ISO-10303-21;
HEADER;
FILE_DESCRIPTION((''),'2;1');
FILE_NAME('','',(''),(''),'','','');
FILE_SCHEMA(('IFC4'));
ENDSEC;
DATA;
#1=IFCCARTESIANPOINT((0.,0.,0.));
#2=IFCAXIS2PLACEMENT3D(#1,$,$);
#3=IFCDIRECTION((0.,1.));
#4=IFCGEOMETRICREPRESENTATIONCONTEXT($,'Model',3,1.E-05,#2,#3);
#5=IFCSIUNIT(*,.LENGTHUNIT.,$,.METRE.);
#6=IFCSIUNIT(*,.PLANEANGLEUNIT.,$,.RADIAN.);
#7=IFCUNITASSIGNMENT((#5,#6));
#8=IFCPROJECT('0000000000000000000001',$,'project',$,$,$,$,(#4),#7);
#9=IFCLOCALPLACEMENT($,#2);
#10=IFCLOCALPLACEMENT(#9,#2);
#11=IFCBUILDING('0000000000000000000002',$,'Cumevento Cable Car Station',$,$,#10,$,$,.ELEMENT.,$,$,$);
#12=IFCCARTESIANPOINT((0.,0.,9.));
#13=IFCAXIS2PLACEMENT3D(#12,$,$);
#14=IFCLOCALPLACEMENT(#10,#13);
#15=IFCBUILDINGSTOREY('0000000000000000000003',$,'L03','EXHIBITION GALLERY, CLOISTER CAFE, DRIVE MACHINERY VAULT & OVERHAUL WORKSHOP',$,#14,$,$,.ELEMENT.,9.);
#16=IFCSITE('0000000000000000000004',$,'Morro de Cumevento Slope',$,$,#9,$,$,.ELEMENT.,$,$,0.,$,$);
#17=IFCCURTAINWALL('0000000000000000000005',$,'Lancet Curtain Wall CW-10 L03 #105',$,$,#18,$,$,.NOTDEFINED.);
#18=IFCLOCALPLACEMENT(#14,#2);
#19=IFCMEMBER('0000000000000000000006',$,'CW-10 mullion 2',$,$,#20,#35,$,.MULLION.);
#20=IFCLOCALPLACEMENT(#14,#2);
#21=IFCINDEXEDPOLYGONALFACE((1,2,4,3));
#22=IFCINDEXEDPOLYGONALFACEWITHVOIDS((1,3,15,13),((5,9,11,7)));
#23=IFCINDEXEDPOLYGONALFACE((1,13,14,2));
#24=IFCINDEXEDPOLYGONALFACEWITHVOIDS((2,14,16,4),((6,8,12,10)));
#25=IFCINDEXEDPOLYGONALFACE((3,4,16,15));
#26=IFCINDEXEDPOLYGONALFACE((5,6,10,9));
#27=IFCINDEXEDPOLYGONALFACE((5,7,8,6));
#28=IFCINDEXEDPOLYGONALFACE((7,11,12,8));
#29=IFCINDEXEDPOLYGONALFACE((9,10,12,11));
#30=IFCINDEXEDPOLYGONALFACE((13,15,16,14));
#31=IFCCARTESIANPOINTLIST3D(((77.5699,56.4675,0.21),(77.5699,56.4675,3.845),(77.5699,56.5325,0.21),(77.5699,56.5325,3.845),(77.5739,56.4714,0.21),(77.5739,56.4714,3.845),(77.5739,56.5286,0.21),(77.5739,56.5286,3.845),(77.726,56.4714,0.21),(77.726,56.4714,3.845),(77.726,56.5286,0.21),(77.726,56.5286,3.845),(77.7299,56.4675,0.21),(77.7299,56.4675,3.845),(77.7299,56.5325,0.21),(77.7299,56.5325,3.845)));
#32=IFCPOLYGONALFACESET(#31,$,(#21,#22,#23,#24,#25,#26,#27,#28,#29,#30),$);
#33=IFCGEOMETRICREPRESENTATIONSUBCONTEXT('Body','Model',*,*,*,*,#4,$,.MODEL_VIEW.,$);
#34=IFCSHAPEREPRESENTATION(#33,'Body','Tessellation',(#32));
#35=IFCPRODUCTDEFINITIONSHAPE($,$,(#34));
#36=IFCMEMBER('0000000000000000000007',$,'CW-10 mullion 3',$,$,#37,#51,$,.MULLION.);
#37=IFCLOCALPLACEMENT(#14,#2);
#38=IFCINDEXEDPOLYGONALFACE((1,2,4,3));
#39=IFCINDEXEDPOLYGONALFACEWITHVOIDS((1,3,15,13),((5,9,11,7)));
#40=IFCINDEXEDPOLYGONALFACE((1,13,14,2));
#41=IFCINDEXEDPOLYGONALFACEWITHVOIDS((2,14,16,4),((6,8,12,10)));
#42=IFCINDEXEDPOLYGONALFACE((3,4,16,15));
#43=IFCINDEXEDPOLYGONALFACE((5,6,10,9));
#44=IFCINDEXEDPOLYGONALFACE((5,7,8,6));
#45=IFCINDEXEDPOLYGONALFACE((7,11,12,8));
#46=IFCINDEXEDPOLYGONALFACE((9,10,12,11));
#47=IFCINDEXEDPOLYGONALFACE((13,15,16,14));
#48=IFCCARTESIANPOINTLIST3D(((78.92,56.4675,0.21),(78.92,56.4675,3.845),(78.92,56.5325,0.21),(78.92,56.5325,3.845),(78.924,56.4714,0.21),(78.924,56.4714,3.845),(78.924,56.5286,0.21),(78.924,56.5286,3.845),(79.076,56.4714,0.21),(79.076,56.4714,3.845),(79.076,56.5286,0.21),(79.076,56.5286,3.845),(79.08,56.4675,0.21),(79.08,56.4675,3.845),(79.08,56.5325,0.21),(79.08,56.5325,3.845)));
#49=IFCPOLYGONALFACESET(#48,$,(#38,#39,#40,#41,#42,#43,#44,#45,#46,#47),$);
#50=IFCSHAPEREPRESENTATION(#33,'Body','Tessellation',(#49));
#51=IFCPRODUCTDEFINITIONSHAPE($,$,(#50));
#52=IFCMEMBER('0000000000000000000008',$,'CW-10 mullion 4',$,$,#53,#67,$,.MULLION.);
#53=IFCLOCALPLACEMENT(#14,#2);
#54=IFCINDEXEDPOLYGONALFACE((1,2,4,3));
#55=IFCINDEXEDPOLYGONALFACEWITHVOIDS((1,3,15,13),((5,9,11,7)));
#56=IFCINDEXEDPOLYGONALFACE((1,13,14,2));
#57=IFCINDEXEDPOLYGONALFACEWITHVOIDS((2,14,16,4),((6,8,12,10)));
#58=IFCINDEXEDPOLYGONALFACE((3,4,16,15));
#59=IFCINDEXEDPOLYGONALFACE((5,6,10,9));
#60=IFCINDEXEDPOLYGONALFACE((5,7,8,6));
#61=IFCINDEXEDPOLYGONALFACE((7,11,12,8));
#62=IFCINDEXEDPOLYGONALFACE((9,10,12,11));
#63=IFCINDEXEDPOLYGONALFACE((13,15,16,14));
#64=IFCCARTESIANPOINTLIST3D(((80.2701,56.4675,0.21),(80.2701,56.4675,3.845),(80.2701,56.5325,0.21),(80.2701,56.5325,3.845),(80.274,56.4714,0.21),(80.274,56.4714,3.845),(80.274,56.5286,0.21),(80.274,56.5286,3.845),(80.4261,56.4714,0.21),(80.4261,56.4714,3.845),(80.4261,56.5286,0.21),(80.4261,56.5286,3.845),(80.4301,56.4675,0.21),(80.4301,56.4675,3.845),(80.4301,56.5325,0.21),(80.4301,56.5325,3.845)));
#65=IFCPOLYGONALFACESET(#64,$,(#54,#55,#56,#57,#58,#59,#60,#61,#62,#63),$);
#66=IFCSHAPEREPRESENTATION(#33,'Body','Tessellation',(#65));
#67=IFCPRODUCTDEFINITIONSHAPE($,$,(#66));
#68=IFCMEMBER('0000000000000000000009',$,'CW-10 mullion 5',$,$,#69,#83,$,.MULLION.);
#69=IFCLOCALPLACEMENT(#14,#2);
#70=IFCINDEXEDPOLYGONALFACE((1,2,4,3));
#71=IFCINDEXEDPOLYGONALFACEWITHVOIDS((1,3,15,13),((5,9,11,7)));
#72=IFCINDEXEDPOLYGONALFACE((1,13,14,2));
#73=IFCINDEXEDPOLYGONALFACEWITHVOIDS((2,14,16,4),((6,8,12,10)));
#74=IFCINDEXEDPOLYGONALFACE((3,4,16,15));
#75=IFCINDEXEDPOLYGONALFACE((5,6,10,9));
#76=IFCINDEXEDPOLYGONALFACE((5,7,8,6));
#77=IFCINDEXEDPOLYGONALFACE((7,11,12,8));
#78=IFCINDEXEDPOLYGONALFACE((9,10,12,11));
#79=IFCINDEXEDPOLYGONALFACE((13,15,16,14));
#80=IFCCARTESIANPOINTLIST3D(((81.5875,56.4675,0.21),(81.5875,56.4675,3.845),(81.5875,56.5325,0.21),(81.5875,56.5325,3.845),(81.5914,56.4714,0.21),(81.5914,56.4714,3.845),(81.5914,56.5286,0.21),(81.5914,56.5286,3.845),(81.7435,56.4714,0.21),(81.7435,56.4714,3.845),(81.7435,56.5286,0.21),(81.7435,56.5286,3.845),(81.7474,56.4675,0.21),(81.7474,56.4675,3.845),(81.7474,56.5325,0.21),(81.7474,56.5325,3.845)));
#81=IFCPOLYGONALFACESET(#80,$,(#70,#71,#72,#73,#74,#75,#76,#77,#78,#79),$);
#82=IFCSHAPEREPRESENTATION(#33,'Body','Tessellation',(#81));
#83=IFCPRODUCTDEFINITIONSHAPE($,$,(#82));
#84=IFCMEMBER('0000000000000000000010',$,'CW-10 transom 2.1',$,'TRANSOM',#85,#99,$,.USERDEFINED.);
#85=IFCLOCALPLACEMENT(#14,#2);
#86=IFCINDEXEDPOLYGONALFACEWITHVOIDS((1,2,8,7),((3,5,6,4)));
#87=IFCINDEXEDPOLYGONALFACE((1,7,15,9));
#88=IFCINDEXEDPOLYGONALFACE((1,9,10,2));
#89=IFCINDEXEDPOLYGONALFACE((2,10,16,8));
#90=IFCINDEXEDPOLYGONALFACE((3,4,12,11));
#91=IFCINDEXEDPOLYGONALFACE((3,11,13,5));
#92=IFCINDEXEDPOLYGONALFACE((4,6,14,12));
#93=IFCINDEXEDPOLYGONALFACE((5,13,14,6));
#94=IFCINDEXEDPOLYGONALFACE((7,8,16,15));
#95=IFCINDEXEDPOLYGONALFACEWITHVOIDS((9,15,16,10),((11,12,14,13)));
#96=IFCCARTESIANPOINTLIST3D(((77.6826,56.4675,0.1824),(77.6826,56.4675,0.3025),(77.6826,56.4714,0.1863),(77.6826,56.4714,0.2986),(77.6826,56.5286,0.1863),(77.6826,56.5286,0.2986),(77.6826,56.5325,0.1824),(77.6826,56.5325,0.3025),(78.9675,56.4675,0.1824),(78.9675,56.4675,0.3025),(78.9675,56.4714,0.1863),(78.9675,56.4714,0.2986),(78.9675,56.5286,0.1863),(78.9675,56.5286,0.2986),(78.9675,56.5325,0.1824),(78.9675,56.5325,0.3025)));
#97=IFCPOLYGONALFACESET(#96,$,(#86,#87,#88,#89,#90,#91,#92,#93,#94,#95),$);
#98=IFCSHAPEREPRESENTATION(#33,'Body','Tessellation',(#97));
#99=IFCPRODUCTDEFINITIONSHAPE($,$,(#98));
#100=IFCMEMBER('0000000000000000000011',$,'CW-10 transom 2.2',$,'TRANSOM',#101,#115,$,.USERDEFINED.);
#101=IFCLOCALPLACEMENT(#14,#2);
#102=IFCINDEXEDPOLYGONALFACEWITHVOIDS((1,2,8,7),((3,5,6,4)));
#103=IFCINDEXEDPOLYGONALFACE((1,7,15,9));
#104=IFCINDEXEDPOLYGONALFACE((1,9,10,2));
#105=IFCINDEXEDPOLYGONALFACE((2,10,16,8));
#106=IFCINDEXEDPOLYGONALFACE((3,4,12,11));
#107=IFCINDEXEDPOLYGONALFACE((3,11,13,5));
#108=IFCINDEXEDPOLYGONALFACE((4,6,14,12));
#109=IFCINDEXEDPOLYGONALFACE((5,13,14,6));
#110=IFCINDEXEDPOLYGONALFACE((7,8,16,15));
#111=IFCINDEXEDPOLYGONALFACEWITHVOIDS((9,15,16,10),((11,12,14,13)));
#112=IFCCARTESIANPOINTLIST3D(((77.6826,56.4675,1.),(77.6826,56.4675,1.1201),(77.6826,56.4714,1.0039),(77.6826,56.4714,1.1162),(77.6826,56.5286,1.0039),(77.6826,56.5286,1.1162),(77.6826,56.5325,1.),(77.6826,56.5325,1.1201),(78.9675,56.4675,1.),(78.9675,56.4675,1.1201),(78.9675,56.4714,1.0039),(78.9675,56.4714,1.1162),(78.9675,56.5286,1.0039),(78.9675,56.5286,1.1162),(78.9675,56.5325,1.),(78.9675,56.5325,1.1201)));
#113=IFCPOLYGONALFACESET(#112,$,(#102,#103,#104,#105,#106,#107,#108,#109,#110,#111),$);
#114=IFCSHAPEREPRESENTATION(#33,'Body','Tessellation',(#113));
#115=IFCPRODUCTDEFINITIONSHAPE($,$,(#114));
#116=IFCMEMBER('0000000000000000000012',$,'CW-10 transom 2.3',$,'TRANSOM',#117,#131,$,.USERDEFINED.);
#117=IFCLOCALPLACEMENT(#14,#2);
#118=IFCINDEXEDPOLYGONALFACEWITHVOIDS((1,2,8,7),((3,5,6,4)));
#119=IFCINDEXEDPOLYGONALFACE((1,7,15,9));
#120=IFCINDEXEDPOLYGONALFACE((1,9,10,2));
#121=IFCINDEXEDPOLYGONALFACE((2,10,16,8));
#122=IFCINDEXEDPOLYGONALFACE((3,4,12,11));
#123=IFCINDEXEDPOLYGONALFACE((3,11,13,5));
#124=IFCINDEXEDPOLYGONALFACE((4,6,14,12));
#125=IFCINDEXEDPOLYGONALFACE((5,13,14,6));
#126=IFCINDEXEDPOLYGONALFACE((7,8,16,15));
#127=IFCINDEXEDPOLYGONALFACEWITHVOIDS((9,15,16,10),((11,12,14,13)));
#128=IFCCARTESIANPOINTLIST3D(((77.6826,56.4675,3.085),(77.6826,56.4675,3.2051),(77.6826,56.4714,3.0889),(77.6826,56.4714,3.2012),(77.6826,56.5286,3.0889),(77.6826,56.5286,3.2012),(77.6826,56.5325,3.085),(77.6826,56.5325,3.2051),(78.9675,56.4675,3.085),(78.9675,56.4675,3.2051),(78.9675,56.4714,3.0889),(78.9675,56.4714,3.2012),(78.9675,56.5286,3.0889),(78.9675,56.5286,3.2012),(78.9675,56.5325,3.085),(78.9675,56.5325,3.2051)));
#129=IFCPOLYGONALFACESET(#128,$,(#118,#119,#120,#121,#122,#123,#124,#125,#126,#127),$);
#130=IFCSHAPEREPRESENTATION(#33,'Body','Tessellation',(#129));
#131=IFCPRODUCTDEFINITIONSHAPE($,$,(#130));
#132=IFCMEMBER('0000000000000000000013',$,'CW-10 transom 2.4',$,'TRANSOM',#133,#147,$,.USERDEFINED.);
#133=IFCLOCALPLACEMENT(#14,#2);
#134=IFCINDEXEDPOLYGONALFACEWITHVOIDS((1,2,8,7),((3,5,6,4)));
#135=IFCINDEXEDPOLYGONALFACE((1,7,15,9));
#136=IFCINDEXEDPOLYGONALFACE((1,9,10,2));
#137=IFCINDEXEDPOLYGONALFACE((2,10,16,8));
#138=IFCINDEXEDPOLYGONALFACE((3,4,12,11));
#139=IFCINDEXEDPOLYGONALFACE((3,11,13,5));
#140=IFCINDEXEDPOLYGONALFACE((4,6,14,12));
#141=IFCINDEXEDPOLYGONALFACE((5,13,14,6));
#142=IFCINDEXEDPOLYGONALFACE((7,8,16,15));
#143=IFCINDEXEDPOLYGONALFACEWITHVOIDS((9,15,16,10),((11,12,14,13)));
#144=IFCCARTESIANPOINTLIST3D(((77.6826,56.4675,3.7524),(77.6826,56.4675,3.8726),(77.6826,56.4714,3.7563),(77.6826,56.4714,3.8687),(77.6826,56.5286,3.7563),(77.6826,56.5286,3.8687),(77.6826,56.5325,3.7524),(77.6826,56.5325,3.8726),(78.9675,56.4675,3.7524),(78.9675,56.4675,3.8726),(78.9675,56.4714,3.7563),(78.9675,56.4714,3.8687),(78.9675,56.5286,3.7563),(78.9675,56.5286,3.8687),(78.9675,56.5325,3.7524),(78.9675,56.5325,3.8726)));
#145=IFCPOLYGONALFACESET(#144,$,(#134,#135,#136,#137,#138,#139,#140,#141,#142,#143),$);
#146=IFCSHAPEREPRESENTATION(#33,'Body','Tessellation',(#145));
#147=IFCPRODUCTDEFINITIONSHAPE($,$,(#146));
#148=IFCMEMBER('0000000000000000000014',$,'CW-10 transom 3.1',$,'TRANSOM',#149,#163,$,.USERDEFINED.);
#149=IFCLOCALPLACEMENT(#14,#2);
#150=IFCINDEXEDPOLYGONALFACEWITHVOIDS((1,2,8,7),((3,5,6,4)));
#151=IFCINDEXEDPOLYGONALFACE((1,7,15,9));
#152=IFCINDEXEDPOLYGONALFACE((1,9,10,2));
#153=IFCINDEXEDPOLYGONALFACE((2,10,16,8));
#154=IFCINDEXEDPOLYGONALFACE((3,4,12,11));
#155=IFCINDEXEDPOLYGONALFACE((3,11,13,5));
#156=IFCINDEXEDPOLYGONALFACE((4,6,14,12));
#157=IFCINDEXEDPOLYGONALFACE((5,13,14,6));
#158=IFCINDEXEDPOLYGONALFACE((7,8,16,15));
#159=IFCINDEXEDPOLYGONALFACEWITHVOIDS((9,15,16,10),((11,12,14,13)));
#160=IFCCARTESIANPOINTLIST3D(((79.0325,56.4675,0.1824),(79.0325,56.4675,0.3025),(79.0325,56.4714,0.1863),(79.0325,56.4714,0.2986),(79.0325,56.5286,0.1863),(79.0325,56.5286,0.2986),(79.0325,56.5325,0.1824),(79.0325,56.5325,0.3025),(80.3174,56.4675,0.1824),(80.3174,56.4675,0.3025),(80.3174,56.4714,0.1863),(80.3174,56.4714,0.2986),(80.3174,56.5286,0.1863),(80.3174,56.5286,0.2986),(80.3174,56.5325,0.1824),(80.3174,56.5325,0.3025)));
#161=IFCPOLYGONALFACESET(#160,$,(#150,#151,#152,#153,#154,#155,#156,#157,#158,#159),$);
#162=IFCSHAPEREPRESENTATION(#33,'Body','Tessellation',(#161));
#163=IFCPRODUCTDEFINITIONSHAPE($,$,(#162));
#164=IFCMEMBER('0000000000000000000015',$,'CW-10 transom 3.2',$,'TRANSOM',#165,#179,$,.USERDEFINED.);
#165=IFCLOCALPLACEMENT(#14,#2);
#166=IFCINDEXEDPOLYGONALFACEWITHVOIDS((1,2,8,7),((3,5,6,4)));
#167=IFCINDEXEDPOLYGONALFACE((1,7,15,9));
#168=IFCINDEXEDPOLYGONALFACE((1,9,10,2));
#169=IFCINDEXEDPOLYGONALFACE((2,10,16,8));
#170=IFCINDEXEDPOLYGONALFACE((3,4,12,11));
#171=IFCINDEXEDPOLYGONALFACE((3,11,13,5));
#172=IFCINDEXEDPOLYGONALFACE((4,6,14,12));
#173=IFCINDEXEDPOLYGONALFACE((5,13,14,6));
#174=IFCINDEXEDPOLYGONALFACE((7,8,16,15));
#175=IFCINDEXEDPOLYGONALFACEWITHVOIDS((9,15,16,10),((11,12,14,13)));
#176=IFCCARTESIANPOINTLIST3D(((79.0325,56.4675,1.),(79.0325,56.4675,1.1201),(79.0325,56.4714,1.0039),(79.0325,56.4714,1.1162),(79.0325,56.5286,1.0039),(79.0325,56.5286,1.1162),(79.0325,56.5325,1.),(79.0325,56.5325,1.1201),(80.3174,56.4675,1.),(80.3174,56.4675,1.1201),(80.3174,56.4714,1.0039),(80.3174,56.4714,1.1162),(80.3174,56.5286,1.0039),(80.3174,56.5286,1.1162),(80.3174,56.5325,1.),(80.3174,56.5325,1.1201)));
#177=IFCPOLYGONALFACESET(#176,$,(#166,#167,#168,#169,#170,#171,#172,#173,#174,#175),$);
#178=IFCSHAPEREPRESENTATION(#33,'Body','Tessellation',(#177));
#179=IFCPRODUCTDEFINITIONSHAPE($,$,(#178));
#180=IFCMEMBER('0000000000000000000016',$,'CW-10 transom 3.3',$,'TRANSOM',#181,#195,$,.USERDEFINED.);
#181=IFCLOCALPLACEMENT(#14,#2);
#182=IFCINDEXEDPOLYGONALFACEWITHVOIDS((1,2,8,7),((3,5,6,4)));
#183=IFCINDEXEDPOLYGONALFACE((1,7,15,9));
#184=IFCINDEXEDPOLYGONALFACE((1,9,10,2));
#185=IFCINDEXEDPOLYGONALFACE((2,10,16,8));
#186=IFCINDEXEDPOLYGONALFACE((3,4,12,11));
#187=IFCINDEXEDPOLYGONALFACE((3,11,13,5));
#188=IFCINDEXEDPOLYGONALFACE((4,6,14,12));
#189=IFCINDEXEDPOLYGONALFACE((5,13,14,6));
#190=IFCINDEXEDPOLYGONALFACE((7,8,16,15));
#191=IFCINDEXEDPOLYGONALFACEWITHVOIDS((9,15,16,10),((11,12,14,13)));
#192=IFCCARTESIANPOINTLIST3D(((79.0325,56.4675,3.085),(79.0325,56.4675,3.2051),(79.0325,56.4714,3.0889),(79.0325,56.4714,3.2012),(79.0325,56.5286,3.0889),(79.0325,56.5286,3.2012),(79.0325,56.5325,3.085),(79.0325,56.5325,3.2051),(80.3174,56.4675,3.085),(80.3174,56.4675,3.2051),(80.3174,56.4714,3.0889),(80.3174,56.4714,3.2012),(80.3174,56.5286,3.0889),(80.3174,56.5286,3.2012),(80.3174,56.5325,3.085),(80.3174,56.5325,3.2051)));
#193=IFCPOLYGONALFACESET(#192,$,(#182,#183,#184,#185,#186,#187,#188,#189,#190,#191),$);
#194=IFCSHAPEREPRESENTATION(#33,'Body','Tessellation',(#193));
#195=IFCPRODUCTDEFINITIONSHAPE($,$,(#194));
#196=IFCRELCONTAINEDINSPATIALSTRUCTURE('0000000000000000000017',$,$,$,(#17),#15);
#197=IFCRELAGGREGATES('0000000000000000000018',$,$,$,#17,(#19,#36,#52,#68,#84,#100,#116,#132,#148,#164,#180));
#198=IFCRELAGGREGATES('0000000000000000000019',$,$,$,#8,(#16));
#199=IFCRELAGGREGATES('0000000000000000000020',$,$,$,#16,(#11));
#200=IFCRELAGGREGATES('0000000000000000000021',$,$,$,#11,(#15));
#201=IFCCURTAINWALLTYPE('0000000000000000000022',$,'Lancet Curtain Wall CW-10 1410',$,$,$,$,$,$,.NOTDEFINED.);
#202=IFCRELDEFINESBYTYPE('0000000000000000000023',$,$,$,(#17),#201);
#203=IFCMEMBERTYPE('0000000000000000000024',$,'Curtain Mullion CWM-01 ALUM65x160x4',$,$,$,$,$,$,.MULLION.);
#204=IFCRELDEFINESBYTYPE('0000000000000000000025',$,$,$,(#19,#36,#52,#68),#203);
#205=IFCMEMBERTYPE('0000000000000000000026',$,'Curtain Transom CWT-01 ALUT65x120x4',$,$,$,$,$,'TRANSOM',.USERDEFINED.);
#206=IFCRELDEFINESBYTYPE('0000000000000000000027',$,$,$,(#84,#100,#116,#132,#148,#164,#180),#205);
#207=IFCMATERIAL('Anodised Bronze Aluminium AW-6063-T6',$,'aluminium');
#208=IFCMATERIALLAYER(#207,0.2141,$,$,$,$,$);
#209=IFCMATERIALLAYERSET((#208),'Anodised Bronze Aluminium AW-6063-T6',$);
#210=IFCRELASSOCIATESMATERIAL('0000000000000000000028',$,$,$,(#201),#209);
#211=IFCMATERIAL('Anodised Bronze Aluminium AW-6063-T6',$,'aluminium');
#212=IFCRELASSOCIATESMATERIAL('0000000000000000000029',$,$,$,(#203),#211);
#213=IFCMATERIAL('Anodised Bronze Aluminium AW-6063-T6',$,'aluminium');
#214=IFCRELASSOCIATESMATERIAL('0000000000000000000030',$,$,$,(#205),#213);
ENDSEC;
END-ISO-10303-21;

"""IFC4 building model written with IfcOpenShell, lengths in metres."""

from ifc_helpers import new_model, si_unit, direction, frame, origin, origin_2d, place, context, subcontext, project, spatial, hollow_rectangle, extrude, material, layer, layer_set, material_profile, profile_set, type_object, element, aggregate, save


model = new_model("IFC4")

# Units and contexts
model_context = context("Model", 3, precision=1e-05, world=origin(), true_north=direction((0.0, 1.0)))
body_context = subcontext(model_context, "Body", "Model", "MODEL_VIEW")
ifc_project = project(units=[si_unit("LENGTHUNIT", "METRE"), si_unit("PLANEANGLEUNIT", "RADIAN")], contexts=[model_context])

# Site, building, storey
site_placement = place(None, origin())
site = spatial("IfcSite", under=ifc_project, at=site_placement, Name="Morro de Cumevento Slope", CompositionType="ELEMENT", RefElevation=0.0)
building_placement = place(site_placement, origin())
building = spatial("IfcBuilding", under=site, at=building_placement, Name="Cumevento Cable Car Station", CompositionType="ELEMENT")
storey_placement = place(building_placement, frame((0.0, 0.0, 9.0)))
storey = spatial("IfcBuildingStorey", under=building, at=storey_placement, Name="L03", Description="EXHIBITION GALLERY, CLOISTER CAFE, DRIVE MACHINERY VAULT & OVERHAUL WORKSHOP", CompositionType="ELEMENT", Elevation=9.0)

# Curtain wall, members
ifc_material_1 = material(Name="Anodised Bronze Aluminium AW-6063-T6", Category="aluminium")
ifc_layer_1 = layer(ifc_material_1, 0.2141)
ifc_layer_set_1 = layer_set([ifc_layer_1], Name="Anodised Bronze Aluminium AW-6063-T6")
curtain_wall_type = type_object("IfcCurtainWallType", Name="Lancet Curtain Wall CW-10 1410", PredefinedType="NOTDEFINED", material=ifc_layer_set_1)
curtain_wall_placement = place(storey_placement, origin())
curtain_wall = element("IfcCurtainWall", 1, at=curtain_wall_placement, inside=storey, type_object=curtain_wall_type, Name="Lancet Curtain Wall CW-10 L03 #105", PredefinedType="NOTDEFINED")
ifc_material_2 = material(Name="Anodised Bronze Aluminium AW-6063-T6", Category="aluminium")
ifc_material_profile_1 = material_profile(ifc_material_2, hollow_rectangle(XDim=0.0649, YDim=0.1599, WallThickness=0.0039, at=origin_2d()), Name="ALUM65x160x4")
ifc_profile_set_1 = profile_set([ifc_material_profile_1], Name="Anodised Bronze Aluminium AW-6063-T6")
member_type_1 = type_object("IfcMemberType", Name="Curtain Mullion CWM-01 ALUM65x160x4", PredefinedType="MULLION", material=ifc_profile_set_1)
member_1_placement = place(storey_placement, frame((77.6499, 56.5, 0.21), z_axis=(0.0, 0.0, 1.0), x_axis=(0.0, 1.0, 0.0)))
member_1 = element("IfcMember", 2, at=member_1_placement, type_object=member_type_1, Name="CW-10 mullion 2", PredefinedType="MULLION", context=body_context, shape_type="SweptSolid", body=[
    extrude(hollow_rectangle(XDim=0.0649, YDim=0.1599, WallThickness=0.0039, at=origin_2d()), origin(), (0.0, 0.0, 1.0), 3.635),
])
member_2_placement = place(storey_placement, frame((79.0, 56.5, 0.21), z_axis=(0.0, 0.0, 1.0), x_axis=(0.0, 1.0, 0.0)))
member_2 = element("IfcMember", 3, at=member_2_placement, type_object=member_type_1, Name="CW-10 mullion 3", PredefinedType="MULLION", context=body_context, shape_type="SweptSolid", body=[
    extrude(hollow_rectangle(XDim=0.0649, YDim=0.1599, WallThickness=0.0039, at=origin_2d()), origin(), (0.0, 0.0, 1.0), 3.635),
])
member_3_placement = place(storey_placement, frame((80.3501, 56.5, 0.21), z_axis=(0.0, 0.0, 1.0), x_axis=(0.0, 1.0, 0.0)))
member_3 = element("IfcMember", 4, at=member_3_placement, type_object=member_type_1, Name="CW-10 mullion 4", PredefinedType="MULLION", context=body_context, shape_type="SweptSolid", body=[
    extrude(hollow_rectangle(XDim=0.0649, YDim=0.1599, WallThickness=0.0039, at=origin_2d()), origin(), (0.0, 0.0, 1.0), 3.635),
])
member_4_placement = place(storey_placement, frame((81.6675, 56.5, 0.21), z_axis=(0.0, 0.0, 1.0), x_axis=(0.0, 1.0, 0.0)))
member_4 = element("IfcMember", 5, at=member_4_placement, type_object=member_type_1, Name="CW-10 mullion 5", PredefinedType="MULLION", context=body_context, shape_type="SweptSolid", body=[
    extrude(hollow_rectangle(XDim=0.0649, YDim=0.1599, WallThickness=0.0039, at=origin_2d()), origin(), (0.0, 0.0, 1.0), 3.635),
])
ifc_material_3 = material(Name="Anodised Bronze Aluminium AW-6063-T6", Category="aluminium")
ifc_material_profile_2 = material_profile(ifc_material_3, hollow_rectangle(XDim=0.0649, YDim=0.1201, WallThickness=0.0039, at=origin_2d()), Name="ALUT65x120x4")
ifc_profile_set_2 = profile_set([ifc_material_profile_2], Name="Anodised Bronze Aluminium AW-6063-T6")
member_type_2 = type_object("IfcMemberType", Name="Curtain Transom CWT-01 ALUT65x120x4", ElementType="TRANSOM", PredefinedType="USERDEFINED", material=ifc_profile_set_2)
member_5_placement = place(storey_placement, frame((77.6826, 56.5, 0.2424), z_axis=(1.0, 0.0, 0.0), x_axis=(0.0, 1.0, 0.0)))
member_5 = element("IfcMember", 6, at=member_5_placement, type_object=member_type_2, Name="CW-10 transom 2.1", ObjectType="TRANSOM", PredefinedType="USERDEFINED", context=body_context, shape_type="SweptSolid", body=[
    extrude(hollow_rectangle(XDim=0.0649, YDim=0.1201, WallThickness=0.0039, at=origin_2d()), origin(), (0.0, 0.0, 1.0), 1.2849),
])
member_6_placement = place(storey_placement, frame((77.6826, 56.5, 1.0601), z_axis=(1.0, 0.0, 0.0), x_axis=(0.0, 1.0, 0.0)))
member_6 = element("IfcMember", 7, at=member_6_placement, type_object=member_type_2, Name="CW-10 transom 2.2", ObjectType="TRANSOM", PredefinedType="USERDEFINED", context=body_context, shape_type="SweptSolid", body=[
    extrude(hollow_rectangle(XDim=0.0649, YDim=0.1201, WallThickness=0.0039, at=origin_2d()), origin(), (0.0, 0.0, 1.0), 1.2849),
])
member_7_placement = place(storey_placement, frame((77.6826, 56.5, 3.145), z_axis=(1.0, 0.0, 0.0), x_axis=(0.0, 1.0, 0.0)))
member_7 = element("IfcMember", 8, at=member_7_placement, type_object=member_type_2, Name="CW-10 transom 2.3", ObjectType="TRANSOM", PredefinedType="USERDEFINED", context=body_context, shape_type="SweptSolid", body=[
    extrude(hollow_rectangle(XDim=0.0649, YDim=0.1201, WallThickness=0.0039, at=origin_2d()), origin(), (0.0, 0.0, 1.0), 1.2849),
])
member_8_placement = place(storey_placement, frame((77.6826, 56.5, 3.8125), z_axis=(1.0, 0.0, 0.0), x_axis=(0.0, 1.0, 0.0)))
member_8 = element("IfcMember", 9, at=member_8_placement, type_object=member_type_2, Name="CW-10 transom 2.4", ObjectType="TRANSOM", PredefinedType="USERDEFINED", context=body_context, shape_type="SweptSolid", body=[
    extrude(hollow_rectangle(XDim=0.0649, YDim=0.1201, WallThickness=0.0039, at=origin_2d()), origin(), (0.0, 0.0, 1.0), 1.2849),
])
member_9_placement = place(storey_placement, frame((79.0325, 56.5, 0.2424), z_axis=(1.0, 0.0, 0.0), x_axis=(0.0, 1.0, 0.0)))
member_9 = element("IfcMember", 10, at=member_9_placement, type_object=member_type_2, Name="CW-10 transom 3.1", ObjectType="TRANSOM", PredefinedType="USERDEFINED", context=body_context, shape_type="SweptSolid", body=[
    extrude(hollow_rectangle(XDim=0.0649, YDim=0.1201, WallThickness=0.0039, at=origin_2d()), origin(), (0.0, 0.0, 1.0), 1.2849),
])
member_10_placement = place(storey_placement, frame((79.0325, 56.5, 1.0601), z_axis=(1.0, 0.0, 0.0), x_axis=(0.0, 1.0, 0.0)))
member_10 = element("IfcMember", 11, at=member_10_placement, type_object=member_type_2, Name="CW-10 transom 3.2", ObjectType="TRANSOM", PredefinedType="USERDEFINED", context=body_context, shape_type="SweptSolid", body=[
    extrude(hollow_rectangle(XDim=0.0649, YDim=0.1201, WallThickness=0.0039, at=origin_2d()), origin(), (0.0, 0.0, 1.0), 1.2849),
])
member_11_placement = place(storey_placement, frame((79.0325, 56.5, 3.145), z_axis=(1.0, 0.0, 0.0), x_axis=(0.0, 1.0, 0.0)))
member_11 = element("IfcMember", 12, at=member_11_placement, type_object=member_type_2, Name="CW-10 transom 3.3", ObjectType="TRANSOM", PredefinedType="USERDEFINED", context=body_context, shape_type="SweptSolid", body=[
    extrude(hollow_rectangle(XDim=0.0649, YDim=0.1201, WallThickness=0.0039, at=origin_2d()), origin(), (0.0, 0.0, 1.0), 1.2849),
])

aggregate(curtain_wall, [member_1, member_2, member_3, member_4, member_5, member_6, member_7, member_8, member_9, member_10, member_11])

save(model, "model.ifc")
